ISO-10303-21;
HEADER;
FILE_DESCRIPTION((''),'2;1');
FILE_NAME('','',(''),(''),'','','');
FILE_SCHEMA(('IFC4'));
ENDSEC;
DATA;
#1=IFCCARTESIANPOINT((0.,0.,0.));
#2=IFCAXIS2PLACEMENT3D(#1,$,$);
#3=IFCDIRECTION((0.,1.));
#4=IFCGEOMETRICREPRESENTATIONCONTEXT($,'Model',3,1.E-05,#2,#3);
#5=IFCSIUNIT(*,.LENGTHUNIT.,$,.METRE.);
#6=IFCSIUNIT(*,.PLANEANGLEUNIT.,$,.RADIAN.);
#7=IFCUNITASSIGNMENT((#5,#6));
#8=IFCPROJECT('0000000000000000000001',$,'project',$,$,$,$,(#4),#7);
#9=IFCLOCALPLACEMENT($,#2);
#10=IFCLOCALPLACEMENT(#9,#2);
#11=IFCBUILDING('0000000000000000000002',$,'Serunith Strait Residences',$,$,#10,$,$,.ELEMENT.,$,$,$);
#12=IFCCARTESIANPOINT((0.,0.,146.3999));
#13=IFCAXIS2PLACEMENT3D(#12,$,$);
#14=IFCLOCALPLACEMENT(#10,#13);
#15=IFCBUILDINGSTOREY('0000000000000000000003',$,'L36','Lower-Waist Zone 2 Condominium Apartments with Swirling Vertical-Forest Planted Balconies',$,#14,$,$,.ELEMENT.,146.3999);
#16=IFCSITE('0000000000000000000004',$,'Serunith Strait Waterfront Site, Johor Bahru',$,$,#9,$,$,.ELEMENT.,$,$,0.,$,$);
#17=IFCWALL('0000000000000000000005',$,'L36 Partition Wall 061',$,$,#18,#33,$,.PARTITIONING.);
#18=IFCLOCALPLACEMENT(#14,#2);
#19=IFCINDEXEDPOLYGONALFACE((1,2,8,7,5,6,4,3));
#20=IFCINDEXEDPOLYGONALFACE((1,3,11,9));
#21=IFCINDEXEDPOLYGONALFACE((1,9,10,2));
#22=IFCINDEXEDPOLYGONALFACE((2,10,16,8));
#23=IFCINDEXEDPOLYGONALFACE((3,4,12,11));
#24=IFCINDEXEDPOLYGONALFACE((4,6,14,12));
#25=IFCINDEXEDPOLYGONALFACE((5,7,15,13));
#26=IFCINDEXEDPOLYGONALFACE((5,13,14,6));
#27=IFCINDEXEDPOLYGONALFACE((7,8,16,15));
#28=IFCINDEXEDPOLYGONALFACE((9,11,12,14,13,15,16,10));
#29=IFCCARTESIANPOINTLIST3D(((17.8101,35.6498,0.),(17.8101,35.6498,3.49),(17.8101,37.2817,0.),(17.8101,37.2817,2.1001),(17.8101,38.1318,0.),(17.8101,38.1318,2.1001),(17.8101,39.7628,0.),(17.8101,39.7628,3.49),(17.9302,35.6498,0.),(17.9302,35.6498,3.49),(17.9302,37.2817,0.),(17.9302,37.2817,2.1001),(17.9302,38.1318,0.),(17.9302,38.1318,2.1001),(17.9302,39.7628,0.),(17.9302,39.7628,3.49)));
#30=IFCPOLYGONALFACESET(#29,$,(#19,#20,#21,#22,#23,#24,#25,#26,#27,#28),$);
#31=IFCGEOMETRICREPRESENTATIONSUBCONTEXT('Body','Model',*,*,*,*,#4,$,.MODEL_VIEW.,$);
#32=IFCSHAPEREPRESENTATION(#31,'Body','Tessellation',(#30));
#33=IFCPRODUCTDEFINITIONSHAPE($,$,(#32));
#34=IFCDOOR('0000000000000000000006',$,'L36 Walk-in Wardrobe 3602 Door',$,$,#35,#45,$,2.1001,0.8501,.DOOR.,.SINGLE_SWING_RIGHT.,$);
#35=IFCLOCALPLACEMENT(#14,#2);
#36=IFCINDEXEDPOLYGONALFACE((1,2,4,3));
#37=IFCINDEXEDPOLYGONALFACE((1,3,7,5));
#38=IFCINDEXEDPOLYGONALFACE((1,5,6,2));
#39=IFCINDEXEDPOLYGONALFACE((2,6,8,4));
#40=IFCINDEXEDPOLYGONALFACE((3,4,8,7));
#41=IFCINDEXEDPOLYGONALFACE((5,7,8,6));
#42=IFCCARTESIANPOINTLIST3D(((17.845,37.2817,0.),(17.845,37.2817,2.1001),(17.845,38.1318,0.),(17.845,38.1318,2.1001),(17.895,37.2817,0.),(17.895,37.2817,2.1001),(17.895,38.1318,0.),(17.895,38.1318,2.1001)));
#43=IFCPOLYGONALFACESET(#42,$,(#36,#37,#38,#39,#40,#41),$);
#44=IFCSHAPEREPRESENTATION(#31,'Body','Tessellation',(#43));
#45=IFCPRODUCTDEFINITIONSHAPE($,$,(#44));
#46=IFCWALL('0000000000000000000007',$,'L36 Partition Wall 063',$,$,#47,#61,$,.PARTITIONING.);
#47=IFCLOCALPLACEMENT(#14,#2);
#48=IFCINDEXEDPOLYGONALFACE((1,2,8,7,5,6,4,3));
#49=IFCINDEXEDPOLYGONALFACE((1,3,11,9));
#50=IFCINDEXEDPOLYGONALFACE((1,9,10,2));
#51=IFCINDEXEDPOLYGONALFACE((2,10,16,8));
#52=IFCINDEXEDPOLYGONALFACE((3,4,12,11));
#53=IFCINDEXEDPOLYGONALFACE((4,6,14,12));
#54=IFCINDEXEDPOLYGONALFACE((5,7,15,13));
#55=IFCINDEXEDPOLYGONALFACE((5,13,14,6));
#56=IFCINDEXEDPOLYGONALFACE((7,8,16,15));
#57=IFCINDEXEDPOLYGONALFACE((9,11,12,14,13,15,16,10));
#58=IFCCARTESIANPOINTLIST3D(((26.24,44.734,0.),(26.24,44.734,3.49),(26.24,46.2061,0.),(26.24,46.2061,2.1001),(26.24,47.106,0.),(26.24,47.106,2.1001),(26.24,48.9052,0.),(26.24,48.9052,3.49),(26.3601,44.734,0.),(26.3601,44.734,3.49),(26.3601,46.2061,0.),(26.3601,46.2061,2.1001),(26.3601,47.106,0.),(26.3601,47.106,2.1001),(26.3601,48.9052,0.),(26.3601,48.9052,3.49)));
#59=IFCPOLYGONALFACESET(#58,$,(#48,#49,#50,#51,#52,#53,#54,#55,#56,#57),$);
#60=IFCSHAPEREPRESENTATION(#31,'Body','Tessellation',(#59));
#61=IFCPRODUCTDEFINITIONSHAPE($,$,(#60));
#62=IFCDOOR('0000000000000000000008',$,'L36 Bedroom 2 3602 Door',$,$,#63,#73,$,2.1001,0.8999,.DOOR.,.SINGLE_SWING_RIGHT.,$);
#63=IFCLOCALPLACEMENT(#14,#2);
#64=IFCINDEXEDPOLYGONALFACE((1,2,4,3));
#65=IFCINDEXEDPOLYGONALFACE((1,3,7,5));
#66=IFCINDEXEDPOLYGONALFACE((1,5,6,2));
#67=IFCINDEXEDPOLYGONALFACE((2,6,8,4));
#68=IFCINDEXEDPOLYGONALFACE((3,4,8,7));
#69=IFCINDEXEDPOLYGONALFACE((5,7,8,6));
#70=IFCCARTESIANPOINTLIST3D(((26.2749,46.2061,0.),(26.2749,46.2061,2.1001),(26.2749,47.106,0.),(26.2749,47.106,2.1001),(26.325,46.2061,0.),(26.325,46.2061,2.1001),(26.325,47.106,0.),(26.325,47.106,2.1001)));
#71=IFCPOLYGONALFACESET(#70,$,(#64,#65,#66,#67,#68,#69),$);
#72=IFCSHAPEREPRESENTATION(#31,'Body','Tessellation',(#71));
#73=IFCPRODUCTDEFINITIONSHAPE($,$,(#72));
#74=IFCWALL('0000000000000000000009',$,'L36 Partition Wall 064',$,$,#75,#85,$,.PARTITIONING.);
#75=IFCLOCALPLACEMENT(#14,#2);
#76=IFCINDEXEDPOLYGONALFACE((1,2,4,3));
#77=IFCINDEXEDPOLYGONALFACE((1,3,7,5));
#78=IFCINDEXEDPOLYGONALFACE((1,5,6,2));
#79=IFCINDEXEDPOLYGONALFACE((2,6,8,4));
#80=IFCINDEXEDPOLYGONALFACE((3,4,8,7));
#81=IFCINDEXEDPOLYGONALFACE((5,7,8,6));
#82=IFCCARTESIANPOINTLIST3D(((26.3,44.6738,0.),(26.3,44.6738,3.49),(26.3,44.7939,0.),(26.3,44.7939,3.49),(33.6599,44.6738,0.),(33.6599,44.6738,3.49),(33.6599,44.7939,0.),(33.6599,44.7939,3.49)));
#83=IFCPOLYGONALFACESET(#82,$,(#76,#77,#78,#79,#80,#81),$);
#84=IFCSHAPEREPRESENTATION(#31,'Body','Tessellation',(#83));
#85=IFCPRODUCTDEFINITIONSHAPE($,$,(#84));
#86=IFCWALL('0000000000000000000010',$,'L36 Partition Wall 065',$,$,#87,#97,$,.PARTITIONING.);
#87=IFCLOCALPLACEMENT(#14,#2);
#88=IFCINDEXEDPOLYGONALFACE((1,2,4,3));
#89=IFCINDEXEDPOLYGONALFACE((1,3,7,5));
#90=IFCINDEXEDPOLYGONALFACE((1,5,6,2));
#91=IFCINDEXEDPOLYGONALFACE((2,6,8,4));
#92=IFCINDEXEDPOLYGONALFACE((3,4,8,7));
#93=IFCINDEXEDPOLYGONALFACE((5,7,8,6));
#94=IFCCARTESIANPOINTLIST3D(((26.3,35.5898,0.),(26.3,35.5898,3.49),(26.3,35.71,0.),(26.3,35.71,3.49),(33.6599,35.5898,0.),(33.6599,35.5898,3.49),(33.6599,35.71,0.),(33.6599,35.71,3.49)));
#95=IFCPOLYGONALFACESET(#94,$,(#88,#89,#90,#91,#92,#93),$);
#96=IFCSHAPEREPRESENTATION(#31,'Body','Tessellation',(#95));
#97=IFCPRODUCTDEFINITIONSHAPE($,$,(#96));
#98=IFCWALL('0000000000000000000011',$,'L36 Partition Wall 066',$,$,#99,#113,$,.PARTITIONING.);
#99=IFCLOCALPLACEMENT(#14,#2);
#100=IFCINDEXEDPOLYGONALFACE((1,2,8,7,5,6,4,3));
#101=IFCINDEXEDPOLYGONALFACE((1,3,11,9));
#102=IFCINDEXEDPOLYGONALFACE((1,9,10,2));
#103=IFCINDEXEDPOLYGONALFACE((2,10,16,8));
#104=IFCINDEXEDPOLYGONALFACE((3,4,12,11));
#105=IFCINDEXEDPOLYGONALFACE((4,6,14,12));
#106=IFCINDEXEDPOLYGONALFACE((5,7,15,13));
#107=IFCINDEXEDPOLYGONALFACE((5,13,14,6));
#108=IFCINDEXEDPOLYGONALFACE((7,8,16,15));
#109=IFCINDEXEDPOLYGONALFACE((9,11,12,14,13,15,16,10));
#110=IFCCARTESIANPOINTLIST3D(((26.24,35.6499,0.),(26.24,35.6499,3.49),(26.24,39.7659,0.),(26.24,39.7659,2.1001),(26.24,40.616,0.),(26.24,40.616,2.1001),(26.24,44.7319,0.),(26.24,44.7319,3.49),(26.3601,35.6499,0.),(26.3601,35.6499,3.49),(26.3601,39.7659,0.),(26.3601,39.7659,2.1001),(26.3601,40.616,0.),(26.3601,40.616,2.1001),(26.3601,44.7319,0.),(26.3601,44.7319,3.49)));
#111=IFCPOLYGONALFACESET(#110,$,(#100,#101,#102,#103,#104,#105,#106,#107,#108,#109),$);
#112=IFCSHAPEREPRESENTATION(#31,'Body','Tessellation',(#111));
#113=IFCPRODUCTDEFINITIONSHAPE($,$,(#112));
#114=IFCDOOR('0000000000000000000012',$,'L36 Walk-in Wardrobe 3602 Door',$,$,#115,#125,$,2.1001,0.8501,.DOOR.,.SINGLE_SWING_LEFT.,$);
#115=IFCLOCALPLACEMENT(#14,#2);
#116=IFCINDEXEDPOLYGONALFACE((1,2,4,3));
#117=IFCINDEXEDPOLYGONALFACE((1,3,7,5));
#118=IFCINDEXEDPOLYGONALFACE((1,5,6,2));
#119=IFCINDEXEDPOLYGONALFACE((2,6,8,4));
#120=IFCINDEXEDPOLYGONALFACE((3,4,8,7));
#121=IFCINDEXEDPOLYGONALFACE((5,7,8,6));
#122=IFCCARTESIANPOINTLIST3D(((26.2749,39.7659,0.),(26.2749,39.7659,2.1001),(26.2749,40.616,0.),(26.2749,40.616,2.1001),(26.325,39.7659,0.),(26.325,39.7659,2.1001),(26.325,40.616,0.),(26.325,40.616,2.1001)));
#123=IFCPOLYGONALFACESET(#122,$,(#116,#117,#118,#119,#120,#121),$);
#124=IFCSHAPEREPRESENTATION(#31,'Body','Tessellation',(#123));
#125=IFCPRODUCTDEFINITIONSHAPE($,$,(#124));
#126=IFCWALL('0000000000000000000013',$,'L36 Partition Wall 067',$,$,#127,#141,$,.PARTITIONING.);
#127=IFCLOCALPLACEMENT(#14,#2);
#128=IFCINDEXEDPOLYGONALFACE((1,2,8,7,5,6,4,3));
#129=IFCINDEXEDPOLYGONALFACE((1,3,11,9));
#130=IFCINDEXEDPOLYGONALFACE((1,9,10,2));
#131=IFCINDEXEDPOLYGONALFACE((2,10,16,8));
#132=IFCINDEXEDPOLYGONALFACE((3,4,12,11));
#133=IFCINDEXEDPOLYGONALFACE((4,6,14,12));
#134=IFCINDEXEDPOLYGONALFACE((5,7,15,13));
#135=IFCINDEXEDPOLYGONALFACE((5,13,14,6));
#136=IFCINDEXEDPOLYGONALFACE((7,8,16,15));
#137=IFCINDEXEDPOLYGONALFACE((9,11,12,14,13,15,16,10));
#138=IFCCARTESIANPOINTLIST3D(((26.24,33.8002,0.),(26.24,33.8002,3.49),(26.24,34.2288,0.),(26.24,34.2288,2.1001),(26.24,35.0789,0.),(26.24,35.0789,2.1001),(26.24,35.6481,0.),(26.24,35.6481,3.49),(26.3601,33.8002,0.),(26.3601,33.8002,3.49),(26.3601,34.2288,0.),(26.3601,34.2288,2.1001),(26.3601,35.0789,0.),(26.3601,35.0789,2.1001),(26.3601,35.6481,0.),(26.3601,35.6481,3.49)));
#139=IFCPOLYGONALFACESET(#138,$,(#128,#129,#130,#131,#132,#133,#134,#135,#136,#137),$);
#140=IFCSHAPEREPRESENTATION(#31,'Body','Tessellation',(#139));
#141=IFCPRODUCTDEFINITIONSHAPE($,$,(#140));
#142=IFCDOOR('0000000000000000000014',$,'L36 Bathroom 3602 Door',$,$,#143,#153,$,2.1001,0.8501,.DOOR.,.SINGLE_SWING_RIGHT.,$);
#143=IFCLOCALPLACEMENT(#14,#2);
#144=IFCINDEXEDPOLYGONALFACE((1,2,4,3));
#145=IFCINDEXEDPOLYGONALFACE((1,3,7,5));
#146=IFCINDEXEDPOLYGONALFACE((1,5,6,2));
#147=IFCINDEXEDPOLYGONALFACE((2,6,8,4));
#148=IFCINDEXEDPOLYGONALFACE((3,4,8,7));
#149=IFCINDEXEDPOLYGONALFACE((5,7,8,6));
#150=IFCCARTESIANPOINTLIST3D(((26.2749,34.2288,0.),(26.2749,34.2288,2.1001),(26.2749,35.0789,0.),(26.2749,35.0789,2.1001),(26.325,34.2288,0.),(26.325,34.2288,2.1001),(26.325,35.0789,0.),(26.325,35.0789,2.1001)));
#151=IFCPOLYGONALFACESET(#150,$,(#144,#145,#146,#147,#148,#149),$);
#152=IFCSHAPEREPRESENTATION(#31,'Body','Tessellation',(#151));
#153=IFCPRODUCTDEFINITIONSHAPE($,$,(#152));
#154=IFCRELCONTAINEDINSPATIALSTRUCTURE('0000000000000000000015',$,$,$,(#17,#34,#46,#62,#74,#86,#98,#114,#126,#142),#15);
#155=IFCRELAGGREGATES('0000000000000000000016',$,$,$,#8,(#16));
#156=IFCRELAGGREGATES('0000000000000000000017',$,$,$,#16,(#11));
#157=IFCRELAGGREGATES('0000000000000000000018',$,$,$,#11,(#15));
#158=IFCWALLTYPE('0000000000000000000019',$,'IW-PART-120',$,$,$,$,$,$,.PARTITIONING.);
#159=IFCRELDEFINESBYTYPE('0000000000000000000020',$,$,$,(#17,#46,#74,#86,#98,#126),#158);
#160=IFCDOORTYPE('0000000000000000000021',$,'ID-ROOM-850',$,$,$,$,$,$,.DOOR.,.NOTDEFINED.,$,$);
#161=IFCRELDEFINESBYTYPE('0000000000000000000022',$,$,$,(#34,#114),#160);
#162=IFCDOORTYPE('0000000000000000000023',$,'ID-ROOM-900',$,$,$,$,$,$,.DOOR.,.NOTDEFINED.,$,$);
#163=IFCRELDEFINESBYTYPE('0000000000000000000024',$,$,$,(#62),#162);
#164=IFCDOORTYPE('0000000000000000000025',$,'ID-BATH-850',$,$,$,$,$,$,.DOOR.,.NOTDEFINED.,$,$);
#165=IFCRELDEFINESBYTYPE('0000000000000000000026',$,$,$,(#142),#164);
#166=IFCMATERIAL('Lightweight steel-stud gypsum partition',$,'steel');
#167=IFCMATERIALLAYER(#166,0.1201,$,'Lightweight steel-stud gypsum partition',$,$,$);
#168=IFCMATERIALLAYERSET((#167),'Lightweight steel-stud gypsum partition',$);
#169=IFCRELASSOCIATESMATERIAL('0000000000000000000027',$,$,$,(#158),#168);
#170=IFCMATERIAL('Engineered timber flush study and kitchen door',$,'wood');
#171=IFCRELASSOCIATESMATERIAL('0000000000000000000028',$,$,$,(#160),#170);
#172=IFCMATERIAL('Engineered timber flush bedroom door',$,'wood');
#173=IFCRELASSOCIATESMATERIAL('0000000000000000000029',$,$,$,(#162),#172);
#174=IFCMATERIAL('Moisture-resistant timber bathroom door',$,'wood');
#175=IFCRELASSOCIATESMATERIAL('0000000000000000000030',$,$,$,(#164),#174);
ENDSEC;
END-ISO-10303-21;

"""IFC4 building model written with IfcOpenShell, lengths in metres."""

from ifc_helpers import new_model, si_unit, direction, frame, frame_2d, origin, place, context, subcontext, project, spatial, rectangle, extrude, source, transform, mapped, material, layer, layer_set, type_object, element, fill, save


model = new_model("IFC4")

# Units and contexts
model_context = context("Model", 3, precision=1e-05, world=origin(), true_north=direction((0.0, 1.0)))
body_context = subcontext(model_context, "Body", "Model", "MODEL_VIEW")
ifc_project = project(units=[si_unit("LENGTHUNIT", "METRE"), si_unit("PLANEANGLEUNIT", "RADIAN")], contexts=[model_context])

# Site, building, storey
site_placement = place(None, origin())
site = spatial("IfcSite", under=ifc_project, at=site_placement, Name="Serunith Strait Waterfront Site, Johor Bahru", CompositionType="ELEMENT", RefElevation=0.0)
building_placement = place(site_placement, origin())
building = spatial("IfcBuilding", under=site, at=building_placement, Name="Serunith Strait Residences", CompositionType="ELEMENT")
storey_placement = place(building_placement, frame((0.0, 0.0, 146.3999)))
storey = spatial("IfcBuildingStorey", under=building, at=storey_placement, Name="L36", Description="Lower-Waist Zone 2 Condominium Apartments with Swirling Vertical-Forest Planted Balconies", CompositionType="ELEMENT", Elevation=146.3999)

# Shared definitions
ifc_material_1 = material(Name="Lightweight steel-stud gypsum partition", Category="steel")
ifc_layer_1 = layer(ifc_material_1, 0.1201, Name="Lightweight steel-stud gypsum partition")
ifc_layer_set_1 = layer_set([ifc_layer_1], Name="Lightweight steel-stud gypsum partition")
wall_type = type_object("IfcWallType", Name="IW-PART-120", PredefinedType="PARTITIONING", material=ifc_layer_set_1)
ifc_material_2 = material(Name="Engineered timber flush study and kitchen door", Category="wood")
door_type_1 = type_object("IfcDoorType", Name="ID-ROOM-850", OperationType="NOTDEFINED", PredefinedType="DOOR", material=ifc_material_2)
shared_shape_1 = source(origin(), body_context, "Body", "SweptSolid", [
    extrude(rectangle(XDim=0.8501, YDim=2.1001, at=frame_2d((0.425, 1.05))), frame((0.0, 0.0249, 0.0), z_axis=(0.0, -1.0, 0.0), x_axis=(1.0, 0.0, 0.0)), (0.0, 0.0, 1.0), 0.05),
])

# Walls, openings, doors
ifc_material_3 = material(Name="Engineered timber flush bedroom door", Category="wood")
door_type_2 = type_object("IfcDoorType", Name="ID-ROOM-900", OperationType="NOTDEFINED", PredefinedType="DOOR", material=ifc_material_3)
shared_shape_2 = source(origin(), body_context, "Body", "SweptSolid", [
    extrude(rectangle(XDim=0.8999, YDim=2.1001, at=frame_2d((0.45, 1.05))), frame((0.0, 0.0249, 0.0), z_axis=(0.0, -1.0, 0.0), x_axis=(1.0, 0.0, 0.0)), (0.0, 0.0, 1.0), 0.05),
])
wall_1_placement = place(storey_placement, frame((17.8701, 39.7629, 0.0), z_axis=(0.0, 0.0, 1.0), x_axis=(0.0, -1.0, 0.0)))
wall_1 = element("IfcWall", 1, at=wall_1_placement, inside=storey, type_object=wall_type, Name="L36 Partition Wall 061", PredefinedType="PARTITIONING", context=body_context, shape_type="SweptSolid", body=[
    extrude(rectangle(XDim=4.113, YDim=0.1201, at=frame_2d((2.0566, 0.0))), origin(), (0.0, 0.0, 1.0), 3.49),
])
opening_1_placement = place(wall_1_placement, frame((1.6311, 0.0, 0.0)))
opening_1 = element("IfcOpeningElement", 2, at=opening_1_placement, cuts=wall_1, PredefinedType="OPENING", context=body_context, shape_type="SweptSolid", body=[
    extrude(rectangle(XDim=0.8501, YDim=2.1001, at=frame_2d((0.425, 1.05))), frame((0.0, 0.0701, 0.0), z_axis=(0.0, -1.0, 0.0), x_axis=(1.0, 0.0, 0.0)), (0.0, 0.0, 1.0), 0.1401),
])
door_1_placement = place(opening_1_placement, origin())
door_1 = element("IfcDoor", 3, at=door_1_placement, inside=storey, type_object=door_type_1, Name="L36 Walk-in Wardrobe 3602 Door", OperationType="SINGLE_SWING_RIGHT", OverallHeight=2.1001, OverallWidth=0.8501, PredefinedType="DOOR", context=body_context, shape_type="MappedRepresentation", body=[
    mapped(shared_shape_1, transform((0.0, 0.0, 0.0), scale=1.0)),
])
fill(opening_1, door_1)
wall_2_placement = place(storey_placement, frame((26.3, 48.905, 0.0), z_axis=(0.0, 0.0, 1.0), x_axis=(0.0, -1.0, 0.0)))
wall_2 = element("IfcWall", 4, at=wall_2_placement, inside=storey, type_object=wall_type, Name="L36 Partition Wall 063", PredefinedType="PARTITIONING", context=body_context, shape_type="SweptSolid", body=[
    extrude(rectangle(XDim=4.1711, YDim=0.1201, at=frame_2d((2.0854, 0.0))), origin(), (0.0, 0.0, 1.0), 3.49),
])
opening_2_placement = place(wall_2_placement, frame((1.7991, 0.0, 0.0)))
opening_2 = element("IfcOpeningElement", 5, at=opening_2_placement, cuts=wall_2, PredefinedType="OPENING", context=body_context, shape_type="SweptSolid", body=[
    extrude(rectangle(XDim=0.8999, YDim=2.1001, at=frame_2d((0.45, 1.05))), frame((0.0, 0.0701, 0.0), z_axis=(0.0, -1.0, 0.0), x_axis=(1.0, 0.0, 0.0)), (0.0, 0.0, 1.0), 0.1401),
])
door_2_placement = place(opening_2_placement, origin())
door_2 = element("IfcDoor", 6, at=door_2_placement, inside=storey, type_object=door_type_2, Name="L36 Bedroom 2 3602 Door", OperationType="SINGLE_SWING_RIGHT", OverallHeight=2.1001, OverallWidth=0.8999, PredefinedType="DOOR", context=body_context, shape_type="MappedRepresentation", body=[
    mapped(shared_shape_2, transform((0.0, 0.0, 0.0), scale=1.0)),
])
fill(opening_2, door_2)

# Walls
for number, where, z_axis, x_axis, name in (
    (7, (26.3, 44.7339, 0.0), (0.0, 0.0, 1.0), (1.0, 0.0, 0.0), "L36 Partition Wall 064"),
    (8, (26.3, 35.6499, 0.0), (0.0, 0.0, 1.0), (1.0, 0.0, 0.0), "L36 Partition Wall 065"),
):
    element("IfcWall", number, at=place(storey_placement, frame(where, z_axis=z_axis, x_axis=x_axis)), inside=storey, type_object=wall_type, Name=name, PredefinedType="PARTITIONING", context=body_context, shape_type="SweptSolid", body=[
        extrude(rectangle(XDim=7.3599, YDim=0.1201, at=frame_2d((3.6799, 0.0))), origin(), (0.0, 0.0, 1.0), 3.49),
    ])

# Walls, openings, doors
wall_3_placement = place(storey_placement, frame((26.3, 44.7319, 0.0), z_axis=(0.0, 0.0, 1.0), x_axis=(0.0, -1.0, 0.0)))
wall_3 = element("IfcWall", 9, at=wall_3_placement, inside=storey, type_object=wall_type, Name="L36 Partition Wall 066", PredefinedType="PARTITIONING", context=body_context, shape_type="SweptSolid", body=[
    extrude(rectangle(XDim=9.082, YDim=0.1201, at=frame_2d((4.541, 0.0))), origin(), (0.0, 0.0, 1.0), 3.49),
])
opening_3_placement = place(wall_3_placement, frame((4.116, 0.0, 0.0)))
opening_3 = element("IfcOpeningElement", 10, at=opening_3_placement, cuts=wall_3, PredefinedType="OPENING", context=body_context, shape_type="SweptSolid", body=[
    extrude(rectangle(XDim=0.8501, YDim=2.1001, at=frame_2d((0.425, 1.05))), frame((0.0, 0.0701, 0.0), z_axis=(0.0, -1.0, 0.0), x_axis=(1.0, 0.0, 0.0)), (0.0, 0.0, 1.0), 0.1401),
])
door_3_placement = place(opening_3_placement, origin())
door_3 = element("IfcDoor", 11, at=door_3_placement, inside=storey, type_object=door_type_1, Name="L36 Walk-in Wardrobe 3602 Door", OperationType="SINGLE_SWING_LEFT", OverallHeight=2.1001, OverallWidth=0.8501, PredefinedType="DOOR", context=body_context, shape_type="MappedRepresentation", body=[
    mapped(shared_shape_1, transform((0.0, 0.0, 0.0), scale=1.0)),
])
fill(opening_3, door_3)
wall_4_placement = place(storey_placement, frame((26.3, 35.6479, 0.0), z_axis=(0.0, 0.0, 1.0), x_axis=(0.0, -1.0, 0.0)))
wall_4 = element("IfcWall", 12, at=wall_4_placement, inside=storey, type_object=wall_type, Name="L36 Partition Wall 067", PredefinedType="PARTITIONING", context=body_context, shape_type="SweptSolid", body=[
    extrude(rectangle(XDim=1.8479, YDim=0.1201, at=frame_2d((0.9238, 0.0))), origin(), (0.0, 0.0, 1.0), 3.49),
])
opening_4_placement = place(wall_4_placement, frame((0.5691, 0.0, 0.0)))
opening_4 = element("IfcOpeningElement", 13, at=opening_4_placement, cuts=wall_4, PredefinedType="OPENING", context=body_context, shape_type="SweptSolid", body=[
    extrude(rectangle(XDim=0.8501, YDim=2.1001, at=frame_2d((0.425, 1.05))), frame((0.0, 0.0701, 0.0), z_axis=(0.0, -1.0, 0.0), x_axis=(1.0, 0.0, 0.0)), (0.0, 0.0, 1.0), 0.1401),
])
ifc_material_4 = material(Name="Moisture-resistant timber bathroom door", Category="wood")
door_type_3 = type_object("IfcDoorType", Name="ID-BATH-850", OperationType="NOTDEFINED", PredefinedType="DOOR", material=ifc_material_4)
door_4_placement = place(opening_4_placement, origin())
door_4 = element("IfcDoor", 14, at=door_4_placement, inside=storey, type_object=door_type_3, Name="L36 Bathroom 3602 Door", OperationType="SINGLE_SWING_RIGHT", OverallHeight=2.1001, OverallWidth=0.8501, PredefinedType="DOOR", context=body_context, shape_type="MappedRepresentation", body=[
    mapped(shared_shape_1, transform((0.0, 0.0, 0.0), scale=1.0)),
])
fill(opening_4, door_4)

save(model, "model.ifc")
